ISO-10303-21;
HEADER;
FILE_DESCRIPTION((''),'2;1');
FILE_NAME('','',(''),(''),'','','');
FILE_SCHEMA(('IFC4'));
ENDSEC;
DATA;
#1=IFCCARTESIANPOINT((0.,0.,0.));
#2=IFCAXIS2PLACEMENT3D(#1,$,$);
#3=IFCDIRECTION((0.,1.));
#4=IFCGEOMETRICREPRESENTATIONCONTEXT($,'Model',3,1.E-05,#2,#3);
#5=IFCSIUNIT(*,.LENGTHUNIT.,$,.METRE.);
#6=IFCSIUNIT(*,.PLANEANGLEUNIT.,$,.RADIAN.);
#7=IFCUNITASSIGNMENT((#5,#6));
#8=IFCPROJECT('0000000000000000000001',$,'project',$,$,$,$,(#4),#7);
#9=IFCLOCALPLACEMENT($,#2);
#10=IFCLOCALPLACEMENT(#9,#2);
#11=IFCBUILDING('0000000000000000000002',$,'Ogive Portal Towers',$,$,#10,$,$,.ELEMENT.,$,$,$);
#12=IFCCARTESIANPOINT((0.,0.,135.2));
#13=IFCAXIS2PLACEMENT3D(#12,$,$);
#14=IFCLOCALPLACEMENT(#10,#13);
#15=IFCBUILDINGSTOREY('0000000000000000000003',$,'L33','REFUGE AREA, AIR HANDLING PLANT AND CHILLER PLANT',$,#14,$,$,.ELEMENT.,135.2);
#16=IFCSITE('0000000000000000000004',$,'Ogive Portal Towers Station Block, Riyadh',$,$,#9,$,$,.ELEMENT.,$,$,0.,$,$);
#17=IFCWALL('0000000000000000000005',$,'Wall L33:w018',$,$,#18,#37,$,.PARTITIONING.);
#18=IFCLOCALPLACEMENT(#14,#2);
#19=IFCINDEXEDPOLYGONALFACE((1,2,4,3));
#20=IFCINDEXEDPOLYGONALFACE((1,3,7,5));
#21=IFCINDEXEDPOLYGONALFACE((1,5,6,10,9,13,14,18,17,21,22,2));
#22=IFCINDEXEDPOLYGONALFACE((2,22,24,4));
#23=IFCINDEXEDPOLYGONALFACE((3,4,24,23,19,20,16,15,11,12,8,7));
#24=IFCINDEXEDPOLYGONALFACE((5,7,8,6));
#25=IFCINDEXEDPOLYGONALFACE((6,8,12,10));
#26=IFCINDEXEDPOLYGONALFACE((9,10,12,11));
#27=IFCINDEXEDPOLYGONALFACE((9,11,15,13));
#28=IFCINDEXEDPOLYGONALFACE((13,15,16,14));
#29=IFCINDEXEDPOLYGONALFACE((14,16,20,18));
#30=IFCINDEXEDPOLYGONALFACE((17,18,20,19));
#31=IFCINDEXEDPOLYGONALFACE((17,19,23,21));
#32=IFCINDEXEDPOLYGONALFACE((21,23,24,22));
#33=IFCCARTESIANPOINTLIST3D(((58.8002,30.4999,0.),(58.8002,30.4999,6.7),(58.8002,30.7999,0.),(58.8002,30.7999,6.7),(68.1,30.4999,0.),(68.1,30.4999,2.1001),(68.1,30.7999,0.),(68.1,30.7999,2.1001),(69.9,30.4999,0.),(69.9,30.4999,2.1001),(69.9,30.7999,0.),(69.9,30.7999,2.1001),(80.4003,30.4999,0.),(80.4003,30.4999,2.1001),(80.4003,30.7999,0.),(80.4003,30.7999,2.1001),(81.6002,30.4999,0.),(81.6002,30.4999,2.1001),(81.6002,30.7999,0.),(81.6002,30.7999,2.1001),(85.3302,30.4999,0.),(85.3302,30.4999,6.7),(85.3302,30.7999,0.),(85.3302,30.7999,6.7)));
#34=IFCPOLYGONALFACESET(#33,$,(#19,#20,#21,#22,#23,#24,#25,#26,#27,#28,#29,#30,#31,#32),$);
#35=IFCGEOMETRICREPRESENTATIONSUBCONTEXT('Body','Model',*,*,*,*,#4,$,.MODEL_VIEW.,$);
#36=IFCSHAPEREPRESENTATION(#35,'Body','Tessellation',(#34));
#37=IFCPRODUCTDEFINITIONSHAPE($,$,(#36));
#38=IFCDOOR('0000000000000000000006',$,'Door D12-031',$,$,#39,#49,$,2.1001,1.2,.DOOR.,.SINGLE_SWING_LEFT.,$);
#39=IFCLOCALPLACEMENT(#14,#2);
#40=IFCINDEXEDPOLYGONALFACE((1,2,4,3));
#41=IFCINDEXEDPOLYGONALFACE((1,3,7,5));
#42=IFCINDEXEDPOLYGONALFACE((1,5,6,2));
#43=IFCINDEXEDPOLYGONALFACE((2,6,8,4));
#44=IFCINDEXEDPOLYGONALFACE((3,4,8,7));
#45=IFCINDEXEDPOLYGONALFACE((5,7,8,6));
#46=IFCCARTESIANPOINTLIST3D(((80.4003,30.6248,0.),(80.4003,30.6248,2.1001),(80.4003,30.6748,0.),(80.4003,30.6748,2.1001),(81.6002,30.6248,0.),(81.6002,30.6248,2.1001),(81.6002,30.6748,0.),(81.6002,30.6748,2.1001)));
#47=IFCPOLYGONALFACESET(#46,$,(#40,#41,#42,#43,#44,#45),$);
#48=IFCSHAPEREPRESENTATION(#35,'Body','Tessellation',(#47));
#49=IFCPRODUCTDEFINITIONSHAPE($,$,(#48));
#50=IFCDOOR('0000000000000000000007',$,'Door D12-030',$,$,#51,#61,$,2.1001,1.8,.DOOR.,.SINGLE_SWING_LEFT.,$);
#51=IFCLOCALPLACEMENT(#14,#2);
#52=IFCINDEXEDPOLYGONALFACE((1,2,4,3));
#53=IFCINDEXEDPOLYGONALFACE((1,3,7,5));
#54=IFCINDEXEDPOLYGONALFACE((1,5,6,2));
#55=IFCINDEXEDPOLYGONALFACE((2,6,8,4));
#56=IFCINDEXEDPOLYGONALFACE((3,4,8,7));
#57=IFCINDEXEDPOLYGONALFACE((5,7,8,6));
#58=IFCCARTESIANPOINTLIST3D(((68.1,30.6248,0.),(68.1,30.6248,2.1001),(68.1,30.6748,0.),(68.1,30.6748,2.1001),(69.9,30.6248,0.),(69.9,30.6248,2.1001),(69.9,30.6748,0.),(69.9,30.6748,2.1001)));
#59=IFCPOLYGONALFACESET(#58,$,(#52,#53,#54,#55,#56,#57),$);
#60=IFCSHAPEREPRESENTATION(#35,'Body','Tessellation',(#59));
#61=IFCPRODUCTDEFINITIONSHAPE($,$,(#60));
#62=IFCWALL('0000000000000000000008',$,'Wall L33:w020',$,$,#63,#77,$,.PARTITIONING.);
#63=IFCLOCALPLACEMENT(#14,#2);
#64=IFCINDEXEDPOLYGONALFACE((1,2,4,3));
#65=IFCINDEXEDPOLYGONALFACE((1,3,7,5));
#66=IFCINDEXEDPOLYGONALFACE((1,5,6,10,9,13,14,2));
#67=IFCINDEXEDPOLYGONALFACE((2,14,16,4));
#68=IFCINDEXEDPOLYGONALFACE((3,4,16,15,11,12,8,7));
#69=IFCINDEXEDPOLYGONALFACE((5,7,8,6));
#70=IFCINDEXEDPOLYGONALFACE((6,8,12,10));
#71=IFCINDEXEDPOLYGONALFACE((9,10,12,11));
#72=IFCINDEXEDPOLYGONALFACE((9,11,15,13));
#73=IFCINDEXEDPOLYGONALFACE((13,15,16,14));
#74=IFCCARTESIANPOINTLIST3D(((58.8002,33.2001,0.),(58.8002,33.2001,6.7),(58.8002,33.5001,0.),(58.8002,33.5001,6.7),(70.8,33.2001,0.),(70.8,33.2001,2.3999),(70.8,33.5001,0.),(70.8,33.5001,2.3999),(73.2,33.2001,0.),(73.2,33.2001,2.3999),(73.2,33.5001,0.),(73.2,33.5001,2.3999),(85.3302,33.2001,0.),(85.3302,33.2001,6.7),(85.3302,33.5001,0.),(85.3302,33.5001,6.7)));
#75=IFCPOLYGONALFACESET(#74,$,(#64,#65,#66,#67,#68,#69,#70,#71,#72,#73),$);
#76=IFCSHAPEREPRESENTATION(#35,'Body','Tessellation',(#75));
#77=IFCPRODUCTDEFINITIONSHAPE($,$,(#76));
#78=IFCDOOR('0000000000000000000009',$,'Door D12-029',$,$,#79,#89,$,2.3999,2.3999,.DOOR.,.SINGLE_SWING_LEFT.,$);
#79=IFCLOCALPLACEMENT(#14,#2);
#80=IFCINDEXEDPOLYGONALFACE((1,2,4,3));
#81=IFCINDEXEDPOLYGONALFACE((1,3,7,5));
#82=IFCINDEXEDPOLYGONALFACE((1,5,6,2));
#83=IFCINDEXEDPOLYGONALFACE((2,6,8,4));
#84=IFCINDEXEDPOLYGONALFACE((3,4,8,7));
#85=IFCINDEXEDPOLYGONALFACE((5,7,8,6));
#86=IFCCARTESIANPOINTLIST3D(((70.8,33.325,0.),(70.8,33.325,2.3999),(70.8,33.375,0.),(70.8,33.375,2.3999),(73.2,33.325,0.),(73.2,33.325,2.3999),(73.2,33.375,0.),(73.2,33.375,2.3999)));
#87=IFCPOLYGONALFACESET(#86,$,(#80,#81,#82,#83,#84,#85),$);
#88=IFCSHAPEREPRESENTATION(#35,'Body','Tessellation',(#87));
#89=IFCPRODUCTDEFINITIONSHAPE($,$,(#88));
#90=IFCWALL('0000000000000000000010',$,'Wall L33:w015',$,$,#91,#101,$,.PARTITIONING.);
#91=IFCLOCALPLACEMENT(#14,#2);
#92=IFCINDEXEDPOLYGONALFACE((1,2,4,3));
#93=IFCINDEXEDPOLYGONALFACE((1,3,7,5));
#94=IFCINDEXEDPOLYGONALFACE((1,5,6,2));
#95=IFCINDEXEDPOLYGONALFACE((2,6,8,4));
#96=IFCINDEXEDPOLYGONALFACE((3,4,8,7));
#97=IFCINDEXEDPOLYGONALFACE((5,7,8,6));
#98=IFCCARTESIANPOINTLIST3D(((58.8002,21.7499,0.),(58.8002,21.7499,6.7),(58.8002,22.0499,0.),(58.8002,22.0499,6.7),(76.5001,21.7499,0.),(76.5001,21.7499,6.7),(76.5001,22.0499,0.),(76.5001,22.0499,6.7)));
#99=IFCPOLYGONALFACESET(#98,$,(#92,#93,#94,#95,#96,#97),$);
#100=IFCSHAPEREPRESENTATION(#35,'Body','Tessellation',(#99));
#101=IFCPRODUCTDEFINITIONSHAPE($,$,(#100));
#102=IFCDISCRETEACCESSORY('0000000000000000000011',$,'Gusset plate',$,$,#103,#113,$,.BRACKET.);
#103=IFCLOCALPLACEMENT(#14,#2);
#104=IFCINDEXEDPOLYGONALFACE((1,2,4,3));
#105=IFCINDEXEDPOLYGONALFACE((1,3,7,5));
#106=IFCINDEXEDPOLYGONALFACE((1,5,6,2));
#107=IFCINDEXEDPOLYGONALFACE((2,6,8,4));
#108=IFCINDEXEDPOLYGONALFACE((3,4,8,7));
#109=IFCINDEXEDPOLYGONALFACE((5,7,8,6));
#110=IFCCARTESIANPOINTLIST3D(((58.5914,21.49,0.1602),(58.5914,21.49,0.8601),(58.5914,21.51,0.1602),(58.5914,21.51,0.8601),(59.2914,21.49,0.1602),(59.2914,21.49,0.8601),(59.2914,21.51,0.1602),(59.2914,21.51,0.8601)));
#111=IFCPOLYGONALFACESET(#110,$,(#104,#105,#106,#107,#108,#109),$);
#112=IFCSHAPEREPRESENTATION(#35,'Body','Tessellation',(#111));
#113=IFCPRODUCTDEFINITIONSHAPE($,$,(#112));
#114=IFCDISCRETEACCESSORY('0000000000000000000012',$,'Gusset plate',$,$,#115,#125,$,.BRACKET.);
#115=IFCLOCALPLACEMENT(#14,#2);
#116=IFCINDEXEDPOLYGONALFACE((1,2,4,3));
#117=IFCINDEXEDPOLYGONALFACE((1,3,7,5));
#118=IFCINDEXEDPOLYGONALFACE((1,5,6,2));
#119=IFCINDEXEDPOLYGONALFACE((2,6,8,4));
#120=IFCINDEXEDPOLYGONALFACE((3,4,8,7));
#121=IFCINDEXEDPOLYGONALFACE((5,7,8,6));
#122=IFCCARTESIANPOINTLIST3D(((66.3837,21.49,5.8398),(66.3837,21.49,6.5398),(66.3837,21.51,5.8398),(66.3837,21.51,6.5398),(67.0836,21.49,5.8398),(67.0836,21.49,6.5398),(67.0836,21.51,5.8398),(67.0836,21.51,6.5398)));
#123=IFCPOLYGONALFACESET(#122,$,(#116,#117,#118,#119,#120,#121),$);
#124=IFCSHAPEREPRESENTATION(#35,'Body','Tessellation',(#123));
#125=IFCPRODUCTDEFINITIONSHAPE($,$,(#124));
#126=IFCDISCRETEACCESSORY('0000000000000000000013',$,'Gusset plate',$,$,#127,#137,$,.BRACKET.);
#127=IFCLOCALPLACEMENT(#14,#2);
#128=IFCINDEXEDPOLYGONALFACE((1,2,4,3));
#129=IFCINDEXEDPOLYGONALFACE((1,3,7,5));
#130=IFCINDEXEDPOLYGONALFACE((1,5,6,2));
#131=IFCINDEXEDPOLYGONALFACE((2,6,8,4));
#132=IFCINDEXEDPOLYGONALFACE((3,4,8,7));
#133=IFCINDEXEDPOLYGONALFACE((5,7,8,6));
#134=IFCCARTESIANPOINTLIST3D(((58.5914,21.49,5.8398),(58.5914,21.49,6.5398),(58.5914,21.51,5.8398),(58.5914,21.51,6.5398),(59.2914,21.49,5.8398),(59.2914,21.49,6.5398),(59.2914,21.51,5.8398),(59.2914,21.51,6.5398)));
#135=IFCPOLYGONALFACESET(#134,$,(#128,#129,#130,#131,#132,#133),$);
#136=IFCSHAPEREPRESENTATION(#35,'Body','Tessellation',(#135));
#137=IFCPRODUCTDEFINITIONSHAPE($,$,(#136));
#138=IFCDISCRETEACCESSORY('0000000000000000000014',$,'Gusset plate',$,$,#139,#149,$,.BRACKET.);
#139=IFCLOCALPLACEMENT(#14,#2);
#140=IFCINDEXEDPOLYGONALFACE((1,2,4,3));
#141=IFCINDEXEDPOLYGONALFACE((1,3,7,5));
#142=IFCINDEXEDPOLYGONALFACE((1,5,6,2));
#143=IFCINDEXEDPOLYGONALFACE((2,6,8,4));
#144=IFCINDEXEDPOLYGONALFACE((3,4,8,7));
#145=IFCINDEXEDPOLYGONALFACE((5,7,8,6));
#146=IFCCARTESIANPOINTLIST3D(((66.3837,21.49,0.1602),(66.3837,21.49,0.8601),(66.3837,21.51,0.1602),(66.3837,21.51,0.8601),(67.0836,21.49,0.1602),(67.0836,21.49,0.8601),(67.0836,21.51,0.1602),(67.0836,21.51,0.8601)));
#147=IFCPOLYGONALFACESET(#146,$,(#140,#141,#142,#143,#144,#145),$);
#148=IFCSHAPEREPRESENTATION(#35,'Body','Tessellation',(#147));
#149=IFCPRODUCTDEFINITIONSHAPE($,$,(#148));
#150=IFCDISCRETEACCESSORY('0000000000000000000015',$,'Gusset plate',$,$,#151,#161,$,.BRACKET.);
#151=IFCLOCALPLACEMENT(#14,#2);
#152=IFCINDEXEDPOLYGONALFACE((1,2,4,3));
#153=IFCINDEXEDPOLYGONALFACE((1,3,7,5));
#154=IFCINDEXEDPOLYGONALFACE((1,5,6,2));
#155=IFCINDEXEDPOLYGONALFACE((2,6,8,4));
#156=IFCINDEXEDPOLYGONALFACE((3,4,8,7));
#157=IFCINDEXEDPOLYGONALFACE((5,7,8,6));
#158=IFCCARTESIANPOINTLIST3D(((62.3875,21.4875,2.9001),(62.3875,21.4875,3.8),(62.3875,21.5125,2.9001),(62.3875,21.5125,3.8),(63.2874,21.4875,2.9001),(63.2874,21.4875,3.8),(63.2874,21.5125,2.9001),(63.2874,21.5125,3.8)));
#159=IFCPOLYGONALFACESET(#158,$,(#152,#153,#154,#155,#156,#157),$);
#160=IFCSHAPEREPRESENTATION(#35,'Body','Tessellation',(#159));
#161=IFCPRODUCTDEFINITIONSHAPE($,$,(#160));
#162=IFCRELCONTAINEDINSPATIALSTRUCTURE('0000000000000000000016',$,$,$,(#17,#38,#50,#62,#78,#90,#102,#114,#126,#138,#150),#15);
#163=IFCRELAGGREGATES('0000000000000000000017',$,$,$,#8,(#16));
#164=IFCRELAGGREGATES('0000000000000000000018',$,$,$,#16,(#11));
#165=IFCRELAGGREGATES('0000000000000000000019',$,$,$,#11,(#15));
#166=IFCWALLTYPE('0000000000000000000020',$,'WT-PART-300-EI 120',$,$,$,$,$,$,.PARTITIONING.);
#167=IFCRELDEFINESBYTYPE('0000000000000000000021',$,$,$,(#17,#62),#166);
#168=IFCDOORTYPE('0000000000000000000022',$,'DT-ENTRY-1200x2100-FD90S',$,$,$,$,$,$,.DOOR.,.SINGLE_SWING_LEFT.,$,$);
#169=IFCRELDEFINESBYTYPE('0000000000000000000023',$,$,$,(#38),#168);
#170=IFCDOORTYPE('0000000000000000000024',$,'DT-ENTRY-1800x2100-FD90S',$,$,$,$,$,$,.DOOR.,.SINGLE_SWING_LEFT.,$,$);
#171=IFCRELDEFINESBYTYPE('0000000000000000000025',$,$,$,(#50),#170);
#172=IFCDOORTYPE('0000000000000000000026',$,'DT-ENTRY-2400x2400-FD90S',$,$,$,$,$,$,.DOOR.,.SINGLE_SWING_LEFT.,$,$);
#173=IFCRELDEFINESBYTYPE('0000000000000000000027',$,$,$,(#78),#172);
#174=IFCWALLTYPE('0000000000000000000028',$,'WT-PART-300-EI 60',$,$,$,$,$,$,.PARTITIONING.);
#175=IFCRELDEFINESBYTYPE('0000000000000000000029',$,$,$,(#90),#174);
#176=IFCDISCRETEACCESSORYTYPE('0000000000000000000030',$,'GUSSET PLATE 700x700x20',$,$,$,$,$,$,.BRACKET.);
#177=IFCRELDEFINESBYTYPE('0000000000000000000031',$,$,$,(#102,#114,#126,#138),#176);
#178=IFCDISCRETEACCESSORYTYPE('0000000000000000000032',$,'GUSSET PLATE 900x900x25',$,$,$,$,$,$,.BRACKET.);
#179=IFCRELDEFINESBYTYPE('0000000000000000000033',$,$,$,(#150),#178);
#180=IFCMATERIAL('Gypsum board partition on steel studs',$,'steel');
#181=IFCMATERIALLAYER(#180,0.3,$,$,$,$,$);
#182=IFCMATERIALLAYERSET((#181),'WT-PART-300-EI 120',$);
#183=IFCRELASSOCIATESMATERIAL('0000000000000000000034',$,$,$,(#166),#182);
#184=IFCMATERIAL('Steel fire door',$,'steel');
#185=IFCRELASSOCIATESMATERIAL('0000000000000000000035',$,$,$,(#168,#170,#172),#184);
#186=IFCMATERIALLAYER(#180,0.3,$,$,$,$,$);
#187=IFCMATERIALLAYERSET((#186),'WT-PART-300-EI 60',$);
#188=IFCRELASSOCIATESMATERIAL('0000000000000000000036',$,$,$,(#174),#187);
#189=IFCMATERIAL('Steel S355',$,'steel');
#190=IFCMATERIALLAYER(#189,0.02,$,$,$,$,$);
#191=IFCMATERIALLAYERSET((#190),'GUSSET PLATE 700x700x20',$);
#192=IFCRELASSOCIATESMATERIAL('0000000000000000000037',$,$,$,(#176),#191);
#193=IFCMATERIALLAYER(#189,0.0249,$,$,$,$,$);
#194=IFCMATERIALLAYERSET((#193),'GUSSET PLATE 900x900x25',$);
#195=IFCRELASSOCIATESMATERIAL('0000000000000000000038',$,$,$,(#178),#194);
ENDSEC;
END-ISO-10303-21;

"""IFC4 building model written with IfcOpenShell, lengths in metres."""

from ifc_helpers import new_model, si_unit, direction, frame, frame_2d, origin, origin_2d, place, context, subcontext, project, spatial, rectangle, extrude, material, layer, layer_set, type_object, element, fill, save


model = new_model("IFC4")

# Units and contexts
model_context = context("Model", 3, precision=1e-05, world=origin(), true_north=direction((0.0, 1.0)))
body_context = subcontext(model_context, "Body", "Model", "MODEL_VIEW")
ifc_project = project(units=[si_unit("LENGTHUNIT", "METRE"), si_unit("PLANEANGLEUNIT", "RADIAN")], contexts=[model_context])

# Site, building, storey
site_placement = place(None, origin())
site = spatial("IfcSite", under=ifc_project, at=site_placement, Name="Ogive Portal Towers Station Block, Riyadh", CompositionType="ELEMENT", RefElevation=0.0)
building_placement = place(site_placement, origin())
building = spatial("IfcBuilding", under=site, at=building_placement, Name="Ogive Portal Towers", CompositionType="ELEMENT")
storey_placement = place(building_placement, frame((0.0, 0.0, 135.2)))
storey = spatial("IfcBuildingStorey", under=building, at=storey_placement, Name="L33", Description="REFUGE AREA, AIR HANDLING PLANT AND CHILLER PLANT", CompositionType="ELEMENT", Elevation=135.2)

# Shared definitions
ifc_material_1 = material(Name="Steel S355", Category="steel")

# Wall, openings, doors
ifc_material_2 = material(Name="Gypsum board partition on steel studs", Category="steel")
ifc_layer_1 = layer(ifc_material_2, 0.3)
ifc_layer_set_1 = layer_set([ifc_layer_1], Name="WT-PART-300-EI 120")
wall_type_1 = type_object("IfcWallType", Name="WT-PART-300-EI 120", PredefinedType="PARTITIONING", material=ifc_layer_set_1)
wall_1_placement = place(storey_placement, frame((58.8, 30.6499, 0.0), z_axis=(0.0, 0.0, 1.0), x_axis=(1.0, 0.0, 0.0)))
wall_1 = element("IfcWall", 1, at=wall_1_placement, inside=storey, type_object=wall_type_1, Name="Wall L33:w018", PredefinedType="PARTITIONING", context=body_context, shape_type="SweptSolid", body=[
    extrude(rectangle(XDim=26.53, YDim=0.3, at=frame_2d((13.2651, 0.0))), origin(), (0.0, 0.0, 1.0), 6.7),
])
opening_1_placement = place(wall_1_placement, frame((9.3, 0.0, 0.0)))
opening_1 = element("IfcOpeningElement", 2, at=opening_1_placement, cuts=wall_1, PredefinedType="OPENING", context=body_context, shape_type="SweptSolid", body=[
    extrude(rectangle(XDim=1.8, YDim=2.1001, at=frame_2d((0.8999, 1.05))), frame((0.0, 0.1602, 0.0), z_axis=(0.0, -1.0, 0.0), x_axis=(1.0, 0.0, 0.0)), (0.0, 0.0, 1.0), 0.3201),
])
opening_2_placement = place(wall_1_placement, frame((21.6001, 0.0, 0.0)))
opening_2 = element("IfcOpeningElement", 3, at=opening_2_placement, cuts=wall_1, PredefinedType="OPENING", context=body_context, shape_type="SweptSolid", body=[
    extrude(rectangle(XDim=1.2, YDim=2.1001, at=frame_2d((0.6001, 1.05))), frame((0.0, 0.1602, 0.0), z_axis=(0.0, -1.0, 0.0), x_axis=(1.0, 0.0, 0.0)), (0.0, 0.0, 1.0), 0.3201),
])
ifc_material_3 = material(Name="Steel fire door", Category="steel")
door_type_1 = type_object("IfcDoorType", Name="DT-ENTRY-1200x2100-FD90S", OperationType="SINGLE_SWING_LEFT", PredefinedType="DOOR", material=ifc_material_3)
door_1_placement = place(opening_2_placement, origin())
door_1 = element("IfcDoor", 4, at=door_1_placement, inside=storey, type_object=door_type_1, Name="Door D12-031", OperationType="SINGLE_SWING_LEFT", OverallHeight=2.1001, OverallWidth=1.2, PredefinedType="DOOR", context=body_context, shape_type="SweptSolid", body=[
    extrude(rectangle(XDim=1.2, YDim=2.1001, at=frame_2d((0.6001, 1.05))), frame((0.0, 0.0249, 0.0), z_axis=(0.0, -1.0, 0.0), x_axis=(1.0, 0.0, 0.0)), (0.0, 0.0, 1.0), 0.05),
])
fill(opening_2, door_1)
door_type_2 = type_object("IfcDoorType", Name="DT-ENTRY-1800x2100-FD90S", OperationType="SINGLE_SWING_LEFT", PredefinedType="DOOR", material=ifc_material_3)
door_2_placement = place(opening_1_placement, origin())
door_2 = element("IfcDoor", 5, at=door_2_placement, inside=storey, type_object=door_type_2, Name="Door D12-030", OperationType="SINGLE_SWING_LEFT", OverallHeight=2.1001, OverallWidth=1.8, PredefinedType="DOOR", context=body_context, shape_type="SweptSolid", body=[
    extrude(rectangle(XDim=1.8, YDim=2.1001, at=frame_2d((0.8999, 1.05))), frame((0.0, 0.0249, 0.0), z_axis=(0.0, -1.0, 0.0), x_axis=(1.0, 0.0, 0.0)), (0.0, 0.0, 1.0), 0.05),
])
fill(opening_1, door_2)

# Wall, opening, door
wall_2_placement = place(storey_placement, frame((58.8, 33.3501, 0.0), z_axis=(0.0, 0.0, 1.0), x_axis=(1.0, 0.0, 0.0)))
wall_2 = element("IfcWall", 6, at=wall_2_placement, inside=storey, type_object=wall_type_1, Name="Wall L33:w020", PredefinedType="PARTITIONING", context=body_context, shape_type="SweptSolid", body=[
    extrude(rectangle(XDim=26.53, YDim=0.3, at=frame_2d((13.2651, 0.0))), origin(), (0.0, 0.0, 1.0), 6.7),
])
opening_3_placement = place(wall_2_placement, frame((12.0, 0.0, 0.0)))
opening_3 = element("IfcOpeningElement", 7, at=opening_3_placement, cuts=wall_2, PredefinedType="OPENING", context=body_context, shape_type="SweptSolid", body=[
    extrude(rectangle(XDim=2.3999, YDim=2.3999, at=frame_2d((1.2, 1.2))), frame((0.0, 0.1602, 0.0), z_axis=(0.0, -1.0, 0.0), x_axis=(1.0, 0.0, 0.0)), (0.0, 0.0, 1.0), 0.3201),
])
door_type_3 = type_object("IfcDoorType", Name="DT-ENTRY-2400x2400-FD90S", OperationType="SINGLE_SWING_LEFT", PredefinedType="DOOR", material=ifc_material_3)
door_3_placement = place(opening_3_placement, origin())
door_3 = element("IfcDoor", 8, at=door_3_placement, inside=storey, type_object=door_type_3, Name="Door D12-029", OperationType="SINGLE_SWING_LEFT", OverallHeight=2.3999, OverallWidth=2.3999, PredefinedType="DOOR", context=body_context, shape_type="SweptSolid", body=[
    extrude(rectangle(XDim=2.3999, YDim=2.3999, at=frame_2d((1.2, 1.2))), frame((0.0, 0.0249, 0.0), z_axis=(0.0, -1.0, 0.0), x_axis=(1.0, 0.0, 0.0)), (0.0, 0.0, 1.0), 0.05),
])
fill(opening_3, door_3)

# Wall
ifc_layer_2 = layer(ifc_material_2, 0.3)
ifc_layer_set_2 = layer_set([ifc_layer_2], Name="WT-PART-300-EI 60")
wall_type_2 = type_object("IfcWallType", Name="WT-PART-300-EI 60", PredefinedType="PARTITIONING", material=ifc_layer_set_2)
wall_3_placement = place(storey_placement, frame((58.8, 21.8999, 0.0), z_axis=(0.0, 0.0, 1.0), x_axis=(1.0, 0.0, 0.0)))
element("IfcWall", 9, at=wall_3_placement, inside=storey, type_object=wall_type_2, Name="Wall L33:w015", PredefinedType="PARTITIONING", context=body_context, shape_type="SweptSolid", body=[
    extrude(rectangle(XDim=17.7, YDim=0.3, at=frame_2d((8.8501, 0.0))), origin(), (0.0, 0.0, 1.0), 6.7),
])

# Discrete accessories
ifc_layer_3 = layer(ifc_material_1, 0.02)
ifc_layer_set_3 = layer_set([ifc_layer_3], Name="GUSSET PLATE 700x700x20")
discrete_accessory_type_1 = type_object("IfcDiscreteAccessoryType", Name="GUSSET PLATE 700x700x20", PredefinedType="BRACKET", material=ifc_layer_set_3)
for number, where, z_axis, x_axis, name in (
    (10, (58.9414, 21.5, 0.1602), (0.0, 0.0, 1.0), (1.0, 0.0, 0.0), "Gusset plate"),
    (11, (66.7336, 21.5, 5.8398), (0.0, 0.0, 1.0), (1.0, 0.0, 0.0), "Gusset plate"),
    (12, (58.9414, 21.5, 5.8398), (0.0, 0.0, 1.0), (1.0, 0.0, 0.0), "Gusset plate"),
    (13, (66.7336, 21.5, 0.1602), (0.0, 0.0, 1.0), (1.0, 0.0, 0.0), "Gusset plate"),
):
    element("IfcDiscreteAccessory", number, at=place(storey_placement, frame(where, z_axis=z_axis, x_axis=x_axis)), inside=storey, type_object=discrete_accessory_type_1, Name=name, PredefinedType="BRACKET", context=body_context, shape_type="SweptSolid", body=[
        extrude(rectangle(XDim=0.7, YDim=0.02, at=origin_2d()), origin(), (0.0, 0.0, 1.0), 0.7),
    ])
ifc_layer_4 = layer(ifc_material_1, 0.0249)
ifc_layer_set_4 = layer_set([ifc_layer_4], Name="GUSSET PLATE 900x900x25")
discrete_accessory_type_2 = type_object("IfcDiscreteAccessoryType", Name="GUSSET PLATE 900x900x25", PredefinedType="BRACKET", material=ifc_layer_set_4)
discrete_accessory_placement = place(storey_placement, frame((62.8374, 21.5, 2.9001), z_axis=(0.0, 0.0, 1.0), x_axis=(1.0, 0.0, 0.0)))
element("IfcDiscreteAccessory", 14, at=discrete_accessory_placement, inside=storey, type_object=discrete_accessory_type_2, Name="Gusset plate", PredefinedType="BRACKET", context=body_context, shape_type="SweptSolid", body=[
    extrude(rectangle(XDim=0.8999, YDim=0.0249, at=origin_2d()), origin(), (0.0, 0.0, 1.0), 0.8999),
])

save(model, "model.ifc")
